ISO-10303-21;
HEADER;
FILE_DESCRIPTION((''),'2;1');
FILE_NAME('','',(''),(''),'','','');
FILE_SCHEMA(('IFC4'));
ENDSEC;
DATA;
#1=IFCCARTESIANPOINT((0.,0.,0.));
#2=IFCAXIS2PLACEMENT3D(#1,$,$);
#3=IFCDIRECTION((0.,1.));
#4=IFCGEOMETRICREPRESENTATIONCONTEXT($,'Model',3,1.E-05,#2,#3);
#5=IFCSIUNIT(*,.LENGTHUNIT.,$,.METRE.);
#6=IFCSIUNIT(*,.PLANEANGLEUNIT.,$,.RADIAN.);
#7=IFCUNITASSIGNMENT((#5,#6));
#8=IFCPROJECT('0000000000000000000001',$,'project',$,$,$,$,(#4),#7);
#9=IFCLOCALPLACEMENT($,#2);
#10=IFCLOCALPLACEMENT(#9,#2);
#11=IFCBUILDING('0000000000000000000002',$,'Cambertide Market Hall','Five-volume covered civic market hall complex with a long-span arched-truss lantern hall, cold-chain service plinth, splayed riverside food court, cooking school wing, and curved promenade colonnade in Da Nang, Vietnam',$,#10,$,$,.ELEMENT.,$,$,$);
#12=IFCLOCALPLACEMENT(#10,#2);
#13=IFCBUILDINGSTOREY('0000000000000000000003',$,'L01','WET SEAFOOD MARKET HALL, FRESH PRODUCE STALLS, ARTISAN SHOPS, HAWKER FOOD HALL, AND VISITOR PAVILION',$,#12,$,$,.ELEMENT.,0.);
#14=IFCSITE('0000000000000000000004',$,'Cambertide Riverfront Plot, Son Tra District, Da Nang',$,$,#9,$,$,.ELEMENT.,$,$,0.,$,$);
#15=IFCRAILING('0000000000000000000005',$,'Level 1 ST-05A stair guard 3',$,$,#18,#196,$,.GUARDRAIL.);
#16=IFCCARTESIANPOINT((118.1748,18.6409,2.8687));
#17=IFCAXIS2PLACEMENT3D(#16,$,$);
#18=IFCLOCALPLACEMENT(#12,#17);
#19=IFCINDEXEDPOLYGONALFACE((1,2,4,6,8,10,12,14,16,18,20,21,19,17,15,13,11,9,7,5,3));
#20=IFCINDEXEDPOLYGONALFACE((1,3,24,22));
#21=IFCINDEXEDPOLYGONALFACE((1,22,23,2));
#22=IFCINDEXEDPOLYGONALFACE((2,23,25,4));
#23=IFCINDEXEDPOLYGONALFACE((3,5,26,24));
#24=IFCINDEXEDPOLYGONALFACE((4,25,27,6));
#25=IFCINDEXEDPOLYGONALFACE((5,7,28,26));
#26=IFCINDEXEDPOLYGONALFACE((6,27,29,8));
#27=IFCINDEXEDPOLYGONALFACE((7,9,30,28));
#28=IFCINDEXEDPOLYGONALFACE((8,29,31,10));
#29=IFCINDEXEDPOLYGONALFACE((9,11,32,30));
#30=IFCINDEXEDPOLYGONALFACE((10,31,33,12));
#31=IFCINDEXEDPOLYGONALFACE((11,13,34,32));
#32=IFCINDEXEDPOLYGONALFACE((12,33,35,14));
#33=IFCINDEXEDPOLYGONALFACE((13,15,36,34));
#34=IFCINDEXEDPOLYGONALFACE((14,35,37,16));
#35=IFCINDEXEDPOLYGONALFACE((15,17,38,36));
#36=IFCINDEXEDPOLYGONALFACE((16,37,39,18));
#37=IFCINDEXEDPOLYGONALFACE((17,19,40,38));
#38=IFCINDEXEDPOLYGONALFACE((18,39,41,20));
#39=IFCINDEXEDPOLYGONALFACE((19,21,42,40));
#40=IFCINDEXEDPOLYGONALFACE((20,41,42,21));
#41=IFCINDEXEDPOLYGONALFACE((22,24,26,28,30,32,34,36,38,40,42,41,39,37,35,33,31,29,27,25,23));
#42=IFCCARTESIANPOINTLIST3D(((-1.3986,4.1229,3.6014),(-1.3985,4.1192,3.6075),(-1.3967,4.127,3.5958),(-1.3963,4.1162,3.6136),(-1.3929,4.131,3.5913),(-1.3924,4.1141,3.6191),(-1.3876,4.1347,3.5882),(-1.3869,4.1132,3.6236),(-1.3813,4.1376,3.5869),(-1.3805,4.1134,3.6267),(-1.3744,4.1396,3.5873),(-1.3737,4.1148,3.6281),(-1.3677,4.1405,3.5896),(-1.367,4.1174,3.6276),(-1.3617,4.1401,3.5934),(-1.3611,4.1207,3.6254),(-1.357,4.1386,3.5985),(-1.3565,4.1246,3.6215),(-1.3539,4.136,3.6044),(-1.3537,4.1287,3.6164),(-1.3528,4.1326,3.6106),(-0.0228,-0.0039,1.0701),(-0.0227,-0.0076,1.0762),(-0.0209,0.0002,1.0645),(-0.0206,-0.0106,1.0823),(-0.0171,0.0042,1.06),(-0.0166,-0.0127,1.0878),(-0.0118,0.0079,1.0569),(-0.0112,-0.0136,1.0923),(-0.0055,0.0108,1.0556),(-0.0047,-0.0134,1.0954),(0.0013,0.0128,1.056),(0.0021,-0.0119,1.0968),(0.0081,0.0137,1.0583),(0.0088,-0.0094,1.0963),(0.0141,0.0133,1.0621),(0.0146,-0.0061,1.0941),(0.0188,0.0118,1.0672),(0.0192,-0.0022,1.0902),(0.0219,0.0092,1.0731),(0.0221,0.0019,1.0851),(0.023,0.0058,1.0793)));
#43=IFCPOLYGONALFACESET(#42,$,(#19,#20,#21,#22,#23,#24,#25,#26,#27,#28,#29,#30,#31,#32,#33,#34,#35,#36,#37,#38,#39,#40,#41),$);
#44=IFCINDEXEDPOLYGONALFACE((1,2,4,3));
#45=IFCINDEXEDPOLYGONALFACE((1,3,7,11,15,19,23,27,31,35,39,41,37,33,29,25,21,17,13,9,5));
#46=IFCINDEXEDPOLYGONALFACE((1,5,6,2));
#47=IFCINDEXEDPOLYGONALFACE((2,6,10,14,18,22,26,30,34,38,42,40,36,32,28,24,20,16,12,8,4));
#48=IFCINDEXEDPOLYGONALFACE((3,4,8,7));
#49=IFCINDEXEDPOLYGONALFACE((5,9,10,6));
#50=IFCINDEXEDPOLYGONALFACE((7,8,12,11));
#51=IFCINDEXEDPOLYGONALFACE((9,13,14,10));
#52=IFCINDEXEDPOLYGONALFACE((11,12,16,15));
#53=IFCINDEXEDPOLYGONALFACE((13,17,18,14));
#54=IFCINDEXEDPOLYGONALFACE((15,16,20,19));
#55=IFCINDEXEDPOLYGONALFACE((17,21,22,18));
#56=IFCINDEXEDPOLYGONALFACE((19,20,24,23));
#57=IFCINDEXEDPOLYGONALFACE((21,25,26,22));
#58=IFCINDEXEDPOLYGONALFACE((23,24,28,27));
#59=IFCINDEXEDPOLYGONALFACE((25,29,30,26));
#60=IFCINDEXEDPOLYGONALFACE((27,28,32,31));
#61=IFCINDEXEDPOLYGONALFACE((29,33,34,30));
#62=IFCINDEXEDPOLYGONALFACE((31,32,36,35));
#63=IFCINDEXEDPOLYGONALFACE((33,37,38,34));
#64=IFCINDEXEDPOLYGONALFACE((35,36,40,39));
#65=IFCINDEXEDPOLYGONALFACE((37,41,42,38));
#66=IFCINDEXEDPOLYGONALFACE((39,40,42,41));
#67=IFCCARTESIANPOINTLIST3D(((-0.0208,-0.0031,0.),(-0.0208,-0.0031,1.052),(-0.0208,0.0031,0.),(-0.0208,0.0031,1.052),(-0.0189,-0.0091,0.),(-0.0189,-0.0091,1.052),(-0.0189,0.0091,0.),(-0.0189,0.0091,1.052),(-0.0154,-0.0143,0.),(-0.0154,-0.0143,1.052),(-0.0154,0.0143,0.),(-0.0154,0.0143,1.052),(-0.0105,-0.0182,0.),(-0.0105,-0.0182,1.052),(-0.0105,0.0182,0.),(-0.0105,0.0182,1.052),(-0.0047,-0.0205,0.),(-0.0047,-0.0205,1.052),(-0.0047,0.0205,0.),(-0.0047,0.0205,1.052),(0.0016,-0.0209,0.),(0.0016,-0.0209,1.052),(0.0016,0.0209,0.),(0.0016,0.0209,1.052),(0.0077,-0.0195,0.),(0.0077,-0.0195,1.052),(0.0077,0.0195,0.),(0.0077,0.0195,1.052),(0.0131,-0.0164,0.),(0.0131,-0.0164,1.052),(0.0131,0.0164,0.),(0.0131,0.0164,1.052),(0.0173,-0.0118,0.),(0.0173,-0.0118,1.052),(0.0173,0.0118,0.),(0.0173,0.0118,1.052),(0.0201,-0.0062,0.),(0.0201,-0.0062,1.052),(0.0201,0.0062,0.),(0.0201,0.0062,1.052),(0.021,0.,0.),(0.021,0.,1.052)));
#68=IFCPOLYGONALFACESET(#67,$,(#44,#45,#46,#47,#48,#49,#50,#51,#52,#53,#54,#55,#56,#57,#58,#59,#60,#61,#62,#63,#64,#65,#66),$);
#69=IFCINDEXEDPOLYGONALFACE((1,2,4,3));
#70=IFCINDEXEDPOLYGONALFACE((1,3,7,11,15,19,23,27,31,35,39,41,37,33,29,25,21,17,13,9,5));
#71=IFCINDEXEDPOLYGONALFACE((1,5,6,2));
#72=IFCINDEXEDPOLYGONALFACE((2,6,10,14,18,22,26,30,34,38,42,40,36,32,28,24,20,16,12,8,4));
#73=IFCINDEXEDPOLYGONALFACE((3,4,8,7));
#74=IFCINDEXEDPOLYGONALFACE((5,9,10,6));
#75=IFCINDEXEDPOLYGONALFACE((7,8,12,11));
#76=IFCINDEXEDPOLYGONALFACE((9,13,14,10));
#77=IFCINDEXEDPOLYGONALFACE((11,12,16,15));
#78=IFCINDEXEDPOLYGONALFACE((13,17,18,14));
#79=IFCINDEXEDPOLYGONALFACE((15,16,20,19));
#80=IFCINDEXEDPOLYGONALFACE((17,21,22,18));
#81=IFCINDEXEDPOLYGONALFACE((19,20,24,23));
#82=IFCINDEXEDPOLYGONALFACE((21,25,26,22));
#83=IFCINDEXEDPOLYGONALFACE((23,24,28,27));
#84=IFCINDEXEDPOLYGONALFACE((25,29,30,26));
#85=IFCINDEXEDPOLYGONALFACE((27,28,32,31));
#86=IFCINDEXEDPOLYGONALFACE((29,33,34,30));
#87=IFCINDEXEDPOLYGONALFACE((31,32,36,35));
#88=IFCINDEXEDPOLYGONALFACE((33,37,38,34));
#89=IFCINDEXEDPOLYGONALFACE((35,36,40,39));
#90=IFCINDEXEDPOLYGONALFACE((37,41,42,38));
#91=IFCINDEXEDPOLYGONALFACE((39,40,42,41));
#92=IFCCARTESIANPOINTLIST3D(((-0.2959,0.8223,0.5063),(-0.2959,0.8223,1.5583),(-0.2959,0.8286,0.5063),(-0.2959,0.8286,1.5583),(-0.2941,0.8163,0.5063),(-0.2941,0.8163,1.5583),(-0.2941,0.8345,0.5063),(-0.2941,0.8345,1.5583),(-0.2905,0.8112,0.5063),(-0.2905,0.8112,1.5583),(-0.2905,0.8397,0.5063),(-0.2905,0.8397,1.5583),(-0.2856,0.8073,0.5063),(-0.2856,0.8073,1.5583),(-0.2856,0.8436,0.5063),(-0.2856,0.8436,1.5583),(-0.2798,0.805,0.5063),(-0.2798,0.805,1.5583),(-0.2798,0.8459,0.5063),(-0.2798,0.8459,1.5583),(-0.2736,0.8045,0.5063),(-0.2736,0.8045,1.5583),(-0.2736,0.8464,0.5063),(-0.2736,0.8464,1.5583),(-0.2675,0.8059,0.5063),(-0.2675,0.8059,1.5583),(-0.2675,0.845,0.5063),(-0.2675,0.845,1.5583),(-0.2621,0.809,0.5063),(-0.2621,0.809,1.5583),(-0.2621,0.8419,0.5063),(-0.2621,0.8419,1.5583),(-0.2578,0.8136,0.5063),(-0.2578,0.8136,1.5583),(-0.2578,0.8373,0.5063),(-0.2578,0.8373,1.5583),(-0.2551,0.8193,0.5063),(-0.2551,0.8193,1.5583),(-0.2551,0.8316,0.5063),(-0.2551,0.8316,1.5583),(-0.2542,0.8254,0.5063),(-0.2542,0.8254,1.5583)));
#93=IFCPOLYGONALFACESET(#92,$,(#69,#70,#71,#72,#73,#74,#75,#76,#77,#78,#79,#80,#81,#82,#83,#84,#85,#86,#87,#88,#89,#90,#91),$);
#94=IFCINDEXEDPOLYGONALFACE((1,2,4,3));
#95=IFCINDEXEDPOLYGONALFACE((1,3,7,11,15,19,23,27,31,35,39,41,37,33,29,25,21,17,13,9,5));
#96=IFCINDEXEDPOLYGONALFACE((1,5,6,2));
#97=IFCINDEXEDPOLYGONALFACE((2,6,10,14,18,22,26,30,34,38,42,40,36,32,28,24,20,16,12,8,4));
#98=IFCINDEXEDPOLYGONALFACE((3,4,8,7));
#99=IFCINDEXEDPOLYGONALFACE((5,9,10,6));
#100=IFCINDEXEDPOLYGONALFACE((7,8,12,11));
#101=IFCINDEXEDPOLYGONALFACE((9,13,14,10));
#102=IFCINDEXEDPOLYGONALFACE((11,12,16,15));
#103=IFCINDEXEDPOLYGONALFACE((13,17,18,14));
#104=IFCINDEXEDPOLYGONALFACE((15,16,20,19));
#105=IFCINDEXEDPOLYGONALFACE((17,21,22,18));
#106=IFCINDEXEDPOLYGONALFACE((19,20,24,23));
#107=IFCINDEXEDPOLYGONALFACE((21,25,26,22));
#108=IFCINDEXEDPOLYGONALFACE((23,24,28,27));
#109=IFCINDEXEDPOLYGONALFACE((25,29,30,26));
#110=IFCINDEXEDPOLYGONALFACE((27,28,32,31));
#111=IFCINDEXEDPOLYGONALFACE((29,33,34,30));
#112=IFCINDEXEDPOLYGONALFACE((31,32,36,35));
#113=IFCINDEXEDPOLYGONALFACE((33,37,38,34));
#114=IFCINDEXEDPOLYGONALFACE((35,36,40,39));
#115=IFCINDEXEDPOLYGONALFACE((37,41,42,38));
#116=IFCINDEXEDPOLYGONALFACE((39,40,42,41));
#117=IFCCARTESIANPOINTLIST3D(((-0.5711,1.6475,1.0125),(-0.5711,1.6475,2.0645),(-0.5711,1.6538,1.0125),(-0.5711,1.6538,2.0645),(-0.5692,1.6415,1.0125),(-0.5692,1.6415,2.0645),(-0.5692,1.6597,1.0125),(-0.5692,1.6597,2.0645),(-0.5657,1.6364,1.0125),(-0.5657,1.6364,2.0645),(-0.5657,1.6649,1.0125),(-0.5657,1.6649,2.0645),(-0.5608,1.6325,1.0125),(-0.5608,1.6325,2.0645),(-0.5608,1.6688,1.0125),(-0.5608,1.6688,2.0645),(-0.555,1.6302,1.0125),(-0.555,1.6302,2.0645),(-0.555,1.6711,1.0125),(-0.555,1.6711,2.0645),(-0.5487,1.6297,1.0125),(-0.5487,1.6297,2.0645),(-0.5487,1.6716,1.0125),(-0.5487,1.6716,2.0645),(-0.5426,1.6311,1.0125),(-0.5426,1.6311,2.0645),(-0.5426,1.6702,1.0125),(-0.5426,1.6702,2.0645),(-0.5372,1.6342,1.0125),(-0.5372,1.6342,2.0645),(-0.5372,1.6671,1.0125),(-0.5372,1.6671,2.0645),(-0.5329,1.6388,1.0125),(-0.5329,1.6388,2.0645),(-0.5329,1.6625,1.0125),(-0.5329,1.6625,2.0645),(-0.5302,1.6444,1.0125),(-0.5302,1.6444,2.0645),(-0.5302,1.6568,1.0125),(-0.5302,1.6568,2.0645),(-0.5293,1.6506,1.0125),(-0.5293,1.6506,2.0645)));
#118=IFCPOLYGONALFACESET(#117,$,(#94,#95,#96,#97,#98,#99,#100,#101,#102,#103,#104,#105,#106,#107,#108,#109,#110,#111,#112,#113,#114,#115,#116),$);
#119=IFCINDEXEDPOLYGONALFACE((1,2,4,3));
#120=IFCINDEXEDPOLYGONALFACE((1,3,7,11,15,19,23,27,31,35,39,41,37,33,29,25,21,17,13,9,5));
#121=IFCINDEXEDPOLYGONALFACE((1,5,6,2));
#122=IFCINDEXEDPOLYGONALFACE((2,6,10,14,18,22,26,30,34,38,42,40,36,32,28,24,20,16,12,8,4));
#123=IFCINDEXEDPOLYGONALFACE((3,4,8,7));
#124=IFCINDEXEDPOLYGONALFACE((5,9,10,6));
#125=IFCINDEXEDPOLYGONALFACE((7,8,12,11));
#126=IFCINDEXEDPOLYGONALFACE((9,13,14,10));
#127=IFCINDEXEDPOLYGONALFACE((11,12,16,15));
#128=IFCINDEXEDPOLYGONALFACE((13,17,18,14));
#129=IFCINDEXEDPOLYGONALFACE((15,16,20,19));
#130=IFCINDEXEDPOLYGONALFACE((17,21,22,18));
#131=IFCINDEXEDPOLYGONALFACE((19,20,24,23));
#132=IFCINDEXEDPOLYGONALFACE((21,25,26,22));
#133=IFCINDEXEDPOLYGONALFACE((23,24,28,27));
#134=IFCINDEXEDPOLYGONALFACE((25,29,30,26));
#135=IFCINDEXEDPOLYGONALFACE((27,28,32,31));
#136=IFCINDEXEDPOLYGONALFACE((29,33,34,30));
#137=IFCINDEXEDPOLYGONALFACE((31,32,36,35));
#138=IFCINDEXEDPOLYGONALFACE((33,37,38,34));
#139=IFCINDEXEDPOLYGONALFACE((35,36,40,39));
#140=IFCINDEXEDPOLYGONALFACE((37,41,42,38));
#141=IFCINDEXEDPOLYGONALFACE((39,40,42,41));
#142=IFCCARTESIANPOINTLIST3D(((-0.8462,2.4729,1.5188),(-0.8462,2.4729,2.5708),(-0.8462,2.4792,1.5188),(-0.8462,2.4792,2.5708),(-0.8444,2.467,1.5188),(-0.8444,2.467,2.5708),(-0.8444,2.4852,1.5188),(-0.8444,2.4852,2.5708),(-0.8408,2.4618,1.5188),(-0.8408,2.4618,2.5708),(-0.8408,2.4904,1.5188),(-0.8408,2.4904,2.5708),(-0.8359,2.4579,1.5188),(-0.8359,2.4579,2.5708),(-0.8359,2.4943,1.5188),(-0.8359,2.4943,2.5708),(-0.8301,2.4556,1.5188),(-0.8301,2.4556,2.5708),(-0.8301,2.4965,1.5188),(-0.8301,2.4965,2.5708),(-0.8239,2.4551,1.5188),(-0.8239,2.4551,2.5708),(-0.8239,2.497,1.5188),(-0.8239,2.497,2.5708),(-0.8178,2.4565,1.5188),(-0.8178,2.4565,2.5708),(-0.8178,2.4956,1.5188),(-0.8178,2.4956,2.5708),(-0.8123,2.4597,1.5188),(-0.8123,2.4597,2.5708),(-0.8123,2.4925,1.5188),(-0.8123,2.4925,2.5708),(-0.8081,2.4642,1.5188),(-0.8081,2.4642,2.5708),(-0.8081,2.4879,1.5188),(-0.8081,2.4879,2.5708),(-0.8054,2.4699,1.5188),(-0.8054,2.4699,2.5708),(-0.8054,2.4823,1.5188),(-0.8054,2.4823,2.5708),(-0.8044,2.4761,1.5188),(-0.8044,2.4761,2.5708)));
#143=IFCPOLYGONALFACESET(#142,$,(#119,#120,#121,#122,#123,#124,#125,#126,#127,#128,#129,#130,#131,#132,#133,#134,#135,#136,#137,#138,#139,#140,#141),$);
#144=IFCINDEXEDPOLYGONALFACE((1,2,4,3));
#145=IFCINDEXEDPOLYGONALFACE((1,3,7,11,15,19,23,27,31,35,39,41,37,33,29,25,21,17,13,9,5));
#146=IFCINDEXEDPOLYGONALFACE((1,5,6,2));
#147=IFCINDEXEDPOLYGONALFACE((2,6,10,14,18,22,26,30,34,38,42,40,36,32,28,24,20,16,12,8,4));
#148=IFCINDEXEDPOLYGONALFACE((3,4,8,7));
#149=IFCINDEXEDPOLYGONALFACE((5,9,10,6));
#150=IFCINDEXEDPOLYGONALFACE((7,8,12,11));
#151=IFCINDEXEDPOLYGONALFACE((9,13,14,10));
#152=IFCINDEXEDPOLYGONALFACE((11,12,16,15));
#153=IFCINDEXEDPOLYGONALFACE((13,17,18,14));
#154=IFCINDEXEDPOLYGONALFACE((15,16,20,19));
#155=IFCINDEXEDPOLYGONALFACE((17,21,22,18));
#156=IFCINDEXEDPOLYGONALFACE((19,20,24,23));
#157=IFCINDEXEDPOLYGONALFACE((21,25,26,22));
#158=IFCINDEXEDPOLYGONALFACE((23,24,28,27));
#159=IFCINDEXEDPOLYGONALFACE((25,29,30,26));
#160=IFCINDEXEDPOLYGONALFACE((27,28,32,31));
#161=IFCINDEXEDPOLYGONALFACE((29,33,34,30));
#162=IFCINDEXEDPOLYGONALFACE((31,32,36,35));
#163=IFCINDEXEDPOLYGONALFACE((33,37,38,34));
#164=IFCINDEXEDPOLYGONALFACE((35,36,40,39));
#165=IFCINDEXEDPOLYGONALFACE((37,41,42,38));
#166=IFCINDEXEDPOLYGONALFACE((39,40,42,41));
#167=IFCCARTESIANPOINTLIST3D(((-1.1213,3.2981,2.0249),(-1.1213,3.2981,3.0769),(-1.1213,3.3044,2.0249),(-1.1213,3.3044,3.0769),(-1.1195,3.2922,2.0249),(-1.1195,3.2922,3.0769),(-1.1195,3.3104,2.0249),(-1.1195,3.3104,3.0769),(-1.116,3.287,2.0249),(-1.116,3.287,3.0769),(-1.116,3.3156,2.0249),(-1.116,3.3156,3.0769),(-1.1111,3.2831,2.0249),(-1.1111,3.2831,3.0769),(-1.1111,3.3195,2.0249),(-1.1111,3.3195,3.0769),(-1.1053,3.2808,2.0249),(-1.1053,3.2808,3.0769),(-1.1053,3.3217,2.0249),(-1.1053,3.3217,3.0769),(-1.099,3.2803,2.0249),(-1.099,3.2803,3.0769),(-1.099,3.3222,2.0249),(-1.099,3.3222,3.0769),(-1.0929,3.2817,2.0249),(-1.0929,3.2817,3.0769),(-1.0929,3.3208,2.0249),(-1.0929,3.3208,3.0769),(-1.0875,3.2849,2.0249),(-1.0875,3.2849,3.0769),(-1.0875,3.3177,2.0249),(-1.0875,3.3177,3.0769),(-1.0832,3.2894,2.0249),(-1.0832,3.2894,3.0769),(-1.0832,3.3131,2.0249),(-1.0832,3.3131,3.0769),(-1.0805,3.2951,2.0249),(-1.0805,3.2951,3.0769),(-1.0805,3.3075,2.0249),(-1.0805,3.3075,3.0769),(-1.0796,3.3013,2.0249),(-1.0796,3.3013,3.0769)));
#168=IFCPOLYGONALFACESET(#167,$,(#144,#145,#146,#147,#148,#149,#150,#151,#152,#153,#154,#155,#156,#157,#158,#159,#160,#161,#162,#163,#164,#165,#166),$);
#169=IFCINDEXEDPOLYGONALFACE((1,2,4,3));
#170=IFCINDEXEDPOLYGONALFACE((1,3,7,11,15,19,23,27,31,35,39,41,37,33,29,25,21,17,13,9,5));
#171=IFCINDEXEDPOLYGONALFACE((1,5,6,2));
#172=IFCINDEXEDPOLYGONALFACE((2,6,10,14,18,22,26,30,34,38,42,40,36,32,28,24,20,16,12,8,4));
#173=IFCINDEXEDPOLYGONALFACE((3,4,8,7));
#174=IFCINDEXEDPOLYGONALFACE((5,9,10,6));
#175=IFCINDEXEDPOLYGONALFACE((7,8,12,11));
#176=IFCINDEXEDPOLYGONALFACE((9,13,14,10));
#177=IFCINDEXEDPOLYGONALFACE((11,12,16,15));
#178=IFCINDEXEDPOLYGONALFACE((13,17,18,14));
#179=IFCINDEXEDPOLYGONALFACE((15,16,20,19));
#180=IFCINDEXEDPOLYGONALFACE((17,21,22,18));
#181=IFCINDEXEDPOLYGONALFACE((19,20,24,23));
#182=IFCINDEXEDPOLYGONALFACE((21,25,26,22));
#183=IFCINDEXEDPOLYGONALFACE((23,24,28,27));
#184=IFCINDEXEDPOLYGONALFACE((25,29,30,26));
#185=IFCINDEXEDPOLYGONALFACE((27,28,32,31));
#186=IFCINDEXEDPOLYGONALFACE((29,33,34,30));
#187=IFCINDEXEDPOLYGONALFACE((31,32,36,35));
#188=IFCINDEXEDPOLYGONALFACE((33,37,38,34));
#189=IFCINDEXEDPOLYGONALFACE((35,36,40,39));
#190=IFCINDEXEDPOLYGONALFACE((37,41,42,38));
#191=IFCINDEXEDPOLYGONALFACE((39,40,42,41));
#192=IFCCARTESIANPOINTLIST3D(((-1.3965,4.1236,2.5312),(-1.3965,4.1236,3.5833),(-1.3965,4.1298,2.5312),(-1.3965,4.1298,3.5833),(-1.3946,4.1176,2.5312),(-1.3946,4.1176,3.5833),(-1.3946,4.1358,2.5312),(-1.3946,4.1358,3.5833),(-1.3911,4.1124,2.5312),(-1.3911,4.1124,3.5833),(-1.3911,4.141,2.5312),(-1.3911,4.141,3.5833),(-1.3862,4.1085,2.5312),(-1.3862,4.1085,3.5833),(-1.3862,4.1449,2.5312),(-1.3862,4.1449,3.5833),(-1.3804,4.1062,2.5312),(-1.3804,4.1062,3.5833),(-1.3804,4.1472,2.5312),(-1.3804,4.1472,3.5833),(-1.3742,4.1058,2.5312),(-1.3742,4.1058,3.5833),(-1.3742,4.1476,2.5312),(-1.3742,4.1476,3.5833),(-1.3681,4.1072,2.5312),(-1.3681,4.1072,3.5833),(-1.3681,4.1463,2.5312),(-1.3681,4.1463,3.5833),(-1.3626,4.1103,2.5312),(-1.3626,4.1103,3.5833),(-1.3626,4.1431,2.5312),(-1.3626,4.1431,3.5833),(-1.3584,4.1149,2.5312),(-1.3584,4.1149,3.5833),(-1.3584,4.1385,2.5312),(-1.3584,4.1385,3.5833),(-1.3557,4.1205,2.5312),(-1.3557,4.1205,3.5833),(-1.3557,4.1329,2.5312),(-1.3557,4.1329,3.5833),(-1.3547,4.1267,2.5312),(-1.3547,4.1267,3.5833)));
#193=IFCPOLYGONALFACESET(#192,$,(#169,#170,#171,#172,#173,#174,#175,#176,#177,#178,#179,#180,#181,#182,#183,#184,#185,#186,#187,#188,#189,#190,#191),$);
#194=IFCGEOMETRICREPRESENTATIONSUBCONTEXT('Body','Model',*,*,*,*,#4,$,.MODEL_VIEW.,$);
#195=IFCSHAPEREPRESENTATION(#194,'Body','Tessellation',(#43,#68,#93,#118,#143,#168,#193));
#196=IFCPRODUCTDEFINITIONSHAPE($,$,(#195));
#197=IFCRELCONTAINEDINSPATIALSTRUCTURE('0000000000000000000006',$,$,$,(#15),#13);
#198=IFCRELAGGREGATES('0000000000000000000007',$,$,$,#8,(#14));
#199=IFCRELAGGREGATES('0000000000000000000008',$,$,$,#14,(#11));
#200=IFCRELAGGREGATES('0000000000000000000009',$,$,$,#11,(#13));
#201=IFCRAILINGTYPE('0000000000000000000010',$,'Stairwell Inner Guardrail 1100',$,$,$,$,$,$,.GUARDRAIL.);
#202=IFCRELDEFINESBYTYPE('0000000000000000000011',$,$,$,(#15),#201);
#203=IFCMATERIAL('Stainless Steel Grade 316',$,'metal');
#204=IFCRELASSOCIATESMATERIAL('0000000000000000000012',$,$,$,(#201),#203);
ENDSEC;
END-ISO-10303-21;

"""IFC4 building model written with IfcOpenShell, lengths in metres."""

from ifc_helpers import new_model, si_unit, direction, frame, origin, origin_2d, place, context, subcontext, project, spatial, circle, extrude, material, type_object, element, save


model = new_model("IFC4")

# Units and contexts
model_context = context("Model", 3, precision=1e-05, world=origin(), true_north=direction((0.0, 1.0)))
body_context = subcontext(model_context, "Body", "Model", "MODEL_VIEW")
ifc_project = project(units=[si_unit("LENGTHUNIT", "METRE"), si_unit("PLANEANGLEUNIT", "RADIAN")], contexts=[model_context])

# Site, building, storey
site_placement = place(None, origin())
site = spatial("IfcSite", under=ifc_project, at=site_placement, Name="Cambertide Riverfront Plot, Son Tra District, Da Nang", CompositionType="ELEMENT", RefElevation=0.0)
building_placement = place(site_placement, origin())
building = spatial("IfcBuilding", under=site, at=building_placement, Name="Cambertide Market Hall", Description="Five-volume covered civic market hall complex with a long-span arched-truss lantern hall, cold-chain service plinth, splayed riverside food court, cooking school wing, and curved promenade colonnade in Da Nang, Vietnam", CompositionType="ELEMENT")
storey_placement = place(building_placement, origin())
storey = spatial("IfcBuildingStorey", under=building, at=storey_placement, Name="L01", Description="WET SEAFOOD MARKET HALL, FRESH PRODUCE STALLS, ARTISAN SHOPS, HAWKER FOOD HALL, AND VISITOR PAVILION", CompositionType="ELEMENT", Elevation=0.0)

# Railing
ifc_material_1 = material(Name="Stainless Steel Grade 316", Category="metal")
railing_type_1 = type_object("IfcRailingType", Name="Stairwell Inner Guardrail 1100", PredefinedType="GUARDRAIL", material=ifc_material_1)
railing_1_placement = place(storey_placement, frame((118.1748, 18.6409, 2.8687)))
element("IfcRailing", 1, at=railing_1_placement, inside=storey, type_object=railing_type_1, Name="Level 1 ST-05A stair guard 3", PredefinedType="GUARDRAIL", context=body_context, shape_type="SweptSolid", body=[
    extrude(circle(Radius=0.0239, at=origin_2d()), frame((0.0, 0.0, 1.0762), z_axis=(-0.27335, 0.819954, 0.502946), x_axis=(-0.948672, -0.316261, 0.0)), (0.0, 0.0, 1.0), 5.033),
    extrude(circle(Radius=0.021, at=origin_2d()), origin(), (0.0, 0.0, 1.0), 1.052),
    extrude(circle(Radius=0.021, at=origin_2d()), frame((-0.2751, 0.8254, 0.5063)), (0.0, 0.0, 1.0), 1.052),
    extrude(circle(Radius=0.021, at=origin_2d()), frame((-0.5503, 1.6506, 1.0125)), (0.0, 0.0, 1.0), 1.052),
    extrude(circle(Radius=0.021, at=origin_2d()), frame((-0.8254, 2.4761, 1.5188)), (0.0, 0.0, 1.0), 1.052),
    extrude(circle(Radius=0.021, at=origin_2d()), frame((-1.1006, 3.3013, 2.0249)), (0.0, 0.0, 1.0), 1.052),
    extrude(circle(Radius=0.021, at=origin_2d()), frame((-1.3757, 4.1267, 2.5312)), (0.0, 0.0, 1.0), 1.052),
])

save(model, "model.ifc")
